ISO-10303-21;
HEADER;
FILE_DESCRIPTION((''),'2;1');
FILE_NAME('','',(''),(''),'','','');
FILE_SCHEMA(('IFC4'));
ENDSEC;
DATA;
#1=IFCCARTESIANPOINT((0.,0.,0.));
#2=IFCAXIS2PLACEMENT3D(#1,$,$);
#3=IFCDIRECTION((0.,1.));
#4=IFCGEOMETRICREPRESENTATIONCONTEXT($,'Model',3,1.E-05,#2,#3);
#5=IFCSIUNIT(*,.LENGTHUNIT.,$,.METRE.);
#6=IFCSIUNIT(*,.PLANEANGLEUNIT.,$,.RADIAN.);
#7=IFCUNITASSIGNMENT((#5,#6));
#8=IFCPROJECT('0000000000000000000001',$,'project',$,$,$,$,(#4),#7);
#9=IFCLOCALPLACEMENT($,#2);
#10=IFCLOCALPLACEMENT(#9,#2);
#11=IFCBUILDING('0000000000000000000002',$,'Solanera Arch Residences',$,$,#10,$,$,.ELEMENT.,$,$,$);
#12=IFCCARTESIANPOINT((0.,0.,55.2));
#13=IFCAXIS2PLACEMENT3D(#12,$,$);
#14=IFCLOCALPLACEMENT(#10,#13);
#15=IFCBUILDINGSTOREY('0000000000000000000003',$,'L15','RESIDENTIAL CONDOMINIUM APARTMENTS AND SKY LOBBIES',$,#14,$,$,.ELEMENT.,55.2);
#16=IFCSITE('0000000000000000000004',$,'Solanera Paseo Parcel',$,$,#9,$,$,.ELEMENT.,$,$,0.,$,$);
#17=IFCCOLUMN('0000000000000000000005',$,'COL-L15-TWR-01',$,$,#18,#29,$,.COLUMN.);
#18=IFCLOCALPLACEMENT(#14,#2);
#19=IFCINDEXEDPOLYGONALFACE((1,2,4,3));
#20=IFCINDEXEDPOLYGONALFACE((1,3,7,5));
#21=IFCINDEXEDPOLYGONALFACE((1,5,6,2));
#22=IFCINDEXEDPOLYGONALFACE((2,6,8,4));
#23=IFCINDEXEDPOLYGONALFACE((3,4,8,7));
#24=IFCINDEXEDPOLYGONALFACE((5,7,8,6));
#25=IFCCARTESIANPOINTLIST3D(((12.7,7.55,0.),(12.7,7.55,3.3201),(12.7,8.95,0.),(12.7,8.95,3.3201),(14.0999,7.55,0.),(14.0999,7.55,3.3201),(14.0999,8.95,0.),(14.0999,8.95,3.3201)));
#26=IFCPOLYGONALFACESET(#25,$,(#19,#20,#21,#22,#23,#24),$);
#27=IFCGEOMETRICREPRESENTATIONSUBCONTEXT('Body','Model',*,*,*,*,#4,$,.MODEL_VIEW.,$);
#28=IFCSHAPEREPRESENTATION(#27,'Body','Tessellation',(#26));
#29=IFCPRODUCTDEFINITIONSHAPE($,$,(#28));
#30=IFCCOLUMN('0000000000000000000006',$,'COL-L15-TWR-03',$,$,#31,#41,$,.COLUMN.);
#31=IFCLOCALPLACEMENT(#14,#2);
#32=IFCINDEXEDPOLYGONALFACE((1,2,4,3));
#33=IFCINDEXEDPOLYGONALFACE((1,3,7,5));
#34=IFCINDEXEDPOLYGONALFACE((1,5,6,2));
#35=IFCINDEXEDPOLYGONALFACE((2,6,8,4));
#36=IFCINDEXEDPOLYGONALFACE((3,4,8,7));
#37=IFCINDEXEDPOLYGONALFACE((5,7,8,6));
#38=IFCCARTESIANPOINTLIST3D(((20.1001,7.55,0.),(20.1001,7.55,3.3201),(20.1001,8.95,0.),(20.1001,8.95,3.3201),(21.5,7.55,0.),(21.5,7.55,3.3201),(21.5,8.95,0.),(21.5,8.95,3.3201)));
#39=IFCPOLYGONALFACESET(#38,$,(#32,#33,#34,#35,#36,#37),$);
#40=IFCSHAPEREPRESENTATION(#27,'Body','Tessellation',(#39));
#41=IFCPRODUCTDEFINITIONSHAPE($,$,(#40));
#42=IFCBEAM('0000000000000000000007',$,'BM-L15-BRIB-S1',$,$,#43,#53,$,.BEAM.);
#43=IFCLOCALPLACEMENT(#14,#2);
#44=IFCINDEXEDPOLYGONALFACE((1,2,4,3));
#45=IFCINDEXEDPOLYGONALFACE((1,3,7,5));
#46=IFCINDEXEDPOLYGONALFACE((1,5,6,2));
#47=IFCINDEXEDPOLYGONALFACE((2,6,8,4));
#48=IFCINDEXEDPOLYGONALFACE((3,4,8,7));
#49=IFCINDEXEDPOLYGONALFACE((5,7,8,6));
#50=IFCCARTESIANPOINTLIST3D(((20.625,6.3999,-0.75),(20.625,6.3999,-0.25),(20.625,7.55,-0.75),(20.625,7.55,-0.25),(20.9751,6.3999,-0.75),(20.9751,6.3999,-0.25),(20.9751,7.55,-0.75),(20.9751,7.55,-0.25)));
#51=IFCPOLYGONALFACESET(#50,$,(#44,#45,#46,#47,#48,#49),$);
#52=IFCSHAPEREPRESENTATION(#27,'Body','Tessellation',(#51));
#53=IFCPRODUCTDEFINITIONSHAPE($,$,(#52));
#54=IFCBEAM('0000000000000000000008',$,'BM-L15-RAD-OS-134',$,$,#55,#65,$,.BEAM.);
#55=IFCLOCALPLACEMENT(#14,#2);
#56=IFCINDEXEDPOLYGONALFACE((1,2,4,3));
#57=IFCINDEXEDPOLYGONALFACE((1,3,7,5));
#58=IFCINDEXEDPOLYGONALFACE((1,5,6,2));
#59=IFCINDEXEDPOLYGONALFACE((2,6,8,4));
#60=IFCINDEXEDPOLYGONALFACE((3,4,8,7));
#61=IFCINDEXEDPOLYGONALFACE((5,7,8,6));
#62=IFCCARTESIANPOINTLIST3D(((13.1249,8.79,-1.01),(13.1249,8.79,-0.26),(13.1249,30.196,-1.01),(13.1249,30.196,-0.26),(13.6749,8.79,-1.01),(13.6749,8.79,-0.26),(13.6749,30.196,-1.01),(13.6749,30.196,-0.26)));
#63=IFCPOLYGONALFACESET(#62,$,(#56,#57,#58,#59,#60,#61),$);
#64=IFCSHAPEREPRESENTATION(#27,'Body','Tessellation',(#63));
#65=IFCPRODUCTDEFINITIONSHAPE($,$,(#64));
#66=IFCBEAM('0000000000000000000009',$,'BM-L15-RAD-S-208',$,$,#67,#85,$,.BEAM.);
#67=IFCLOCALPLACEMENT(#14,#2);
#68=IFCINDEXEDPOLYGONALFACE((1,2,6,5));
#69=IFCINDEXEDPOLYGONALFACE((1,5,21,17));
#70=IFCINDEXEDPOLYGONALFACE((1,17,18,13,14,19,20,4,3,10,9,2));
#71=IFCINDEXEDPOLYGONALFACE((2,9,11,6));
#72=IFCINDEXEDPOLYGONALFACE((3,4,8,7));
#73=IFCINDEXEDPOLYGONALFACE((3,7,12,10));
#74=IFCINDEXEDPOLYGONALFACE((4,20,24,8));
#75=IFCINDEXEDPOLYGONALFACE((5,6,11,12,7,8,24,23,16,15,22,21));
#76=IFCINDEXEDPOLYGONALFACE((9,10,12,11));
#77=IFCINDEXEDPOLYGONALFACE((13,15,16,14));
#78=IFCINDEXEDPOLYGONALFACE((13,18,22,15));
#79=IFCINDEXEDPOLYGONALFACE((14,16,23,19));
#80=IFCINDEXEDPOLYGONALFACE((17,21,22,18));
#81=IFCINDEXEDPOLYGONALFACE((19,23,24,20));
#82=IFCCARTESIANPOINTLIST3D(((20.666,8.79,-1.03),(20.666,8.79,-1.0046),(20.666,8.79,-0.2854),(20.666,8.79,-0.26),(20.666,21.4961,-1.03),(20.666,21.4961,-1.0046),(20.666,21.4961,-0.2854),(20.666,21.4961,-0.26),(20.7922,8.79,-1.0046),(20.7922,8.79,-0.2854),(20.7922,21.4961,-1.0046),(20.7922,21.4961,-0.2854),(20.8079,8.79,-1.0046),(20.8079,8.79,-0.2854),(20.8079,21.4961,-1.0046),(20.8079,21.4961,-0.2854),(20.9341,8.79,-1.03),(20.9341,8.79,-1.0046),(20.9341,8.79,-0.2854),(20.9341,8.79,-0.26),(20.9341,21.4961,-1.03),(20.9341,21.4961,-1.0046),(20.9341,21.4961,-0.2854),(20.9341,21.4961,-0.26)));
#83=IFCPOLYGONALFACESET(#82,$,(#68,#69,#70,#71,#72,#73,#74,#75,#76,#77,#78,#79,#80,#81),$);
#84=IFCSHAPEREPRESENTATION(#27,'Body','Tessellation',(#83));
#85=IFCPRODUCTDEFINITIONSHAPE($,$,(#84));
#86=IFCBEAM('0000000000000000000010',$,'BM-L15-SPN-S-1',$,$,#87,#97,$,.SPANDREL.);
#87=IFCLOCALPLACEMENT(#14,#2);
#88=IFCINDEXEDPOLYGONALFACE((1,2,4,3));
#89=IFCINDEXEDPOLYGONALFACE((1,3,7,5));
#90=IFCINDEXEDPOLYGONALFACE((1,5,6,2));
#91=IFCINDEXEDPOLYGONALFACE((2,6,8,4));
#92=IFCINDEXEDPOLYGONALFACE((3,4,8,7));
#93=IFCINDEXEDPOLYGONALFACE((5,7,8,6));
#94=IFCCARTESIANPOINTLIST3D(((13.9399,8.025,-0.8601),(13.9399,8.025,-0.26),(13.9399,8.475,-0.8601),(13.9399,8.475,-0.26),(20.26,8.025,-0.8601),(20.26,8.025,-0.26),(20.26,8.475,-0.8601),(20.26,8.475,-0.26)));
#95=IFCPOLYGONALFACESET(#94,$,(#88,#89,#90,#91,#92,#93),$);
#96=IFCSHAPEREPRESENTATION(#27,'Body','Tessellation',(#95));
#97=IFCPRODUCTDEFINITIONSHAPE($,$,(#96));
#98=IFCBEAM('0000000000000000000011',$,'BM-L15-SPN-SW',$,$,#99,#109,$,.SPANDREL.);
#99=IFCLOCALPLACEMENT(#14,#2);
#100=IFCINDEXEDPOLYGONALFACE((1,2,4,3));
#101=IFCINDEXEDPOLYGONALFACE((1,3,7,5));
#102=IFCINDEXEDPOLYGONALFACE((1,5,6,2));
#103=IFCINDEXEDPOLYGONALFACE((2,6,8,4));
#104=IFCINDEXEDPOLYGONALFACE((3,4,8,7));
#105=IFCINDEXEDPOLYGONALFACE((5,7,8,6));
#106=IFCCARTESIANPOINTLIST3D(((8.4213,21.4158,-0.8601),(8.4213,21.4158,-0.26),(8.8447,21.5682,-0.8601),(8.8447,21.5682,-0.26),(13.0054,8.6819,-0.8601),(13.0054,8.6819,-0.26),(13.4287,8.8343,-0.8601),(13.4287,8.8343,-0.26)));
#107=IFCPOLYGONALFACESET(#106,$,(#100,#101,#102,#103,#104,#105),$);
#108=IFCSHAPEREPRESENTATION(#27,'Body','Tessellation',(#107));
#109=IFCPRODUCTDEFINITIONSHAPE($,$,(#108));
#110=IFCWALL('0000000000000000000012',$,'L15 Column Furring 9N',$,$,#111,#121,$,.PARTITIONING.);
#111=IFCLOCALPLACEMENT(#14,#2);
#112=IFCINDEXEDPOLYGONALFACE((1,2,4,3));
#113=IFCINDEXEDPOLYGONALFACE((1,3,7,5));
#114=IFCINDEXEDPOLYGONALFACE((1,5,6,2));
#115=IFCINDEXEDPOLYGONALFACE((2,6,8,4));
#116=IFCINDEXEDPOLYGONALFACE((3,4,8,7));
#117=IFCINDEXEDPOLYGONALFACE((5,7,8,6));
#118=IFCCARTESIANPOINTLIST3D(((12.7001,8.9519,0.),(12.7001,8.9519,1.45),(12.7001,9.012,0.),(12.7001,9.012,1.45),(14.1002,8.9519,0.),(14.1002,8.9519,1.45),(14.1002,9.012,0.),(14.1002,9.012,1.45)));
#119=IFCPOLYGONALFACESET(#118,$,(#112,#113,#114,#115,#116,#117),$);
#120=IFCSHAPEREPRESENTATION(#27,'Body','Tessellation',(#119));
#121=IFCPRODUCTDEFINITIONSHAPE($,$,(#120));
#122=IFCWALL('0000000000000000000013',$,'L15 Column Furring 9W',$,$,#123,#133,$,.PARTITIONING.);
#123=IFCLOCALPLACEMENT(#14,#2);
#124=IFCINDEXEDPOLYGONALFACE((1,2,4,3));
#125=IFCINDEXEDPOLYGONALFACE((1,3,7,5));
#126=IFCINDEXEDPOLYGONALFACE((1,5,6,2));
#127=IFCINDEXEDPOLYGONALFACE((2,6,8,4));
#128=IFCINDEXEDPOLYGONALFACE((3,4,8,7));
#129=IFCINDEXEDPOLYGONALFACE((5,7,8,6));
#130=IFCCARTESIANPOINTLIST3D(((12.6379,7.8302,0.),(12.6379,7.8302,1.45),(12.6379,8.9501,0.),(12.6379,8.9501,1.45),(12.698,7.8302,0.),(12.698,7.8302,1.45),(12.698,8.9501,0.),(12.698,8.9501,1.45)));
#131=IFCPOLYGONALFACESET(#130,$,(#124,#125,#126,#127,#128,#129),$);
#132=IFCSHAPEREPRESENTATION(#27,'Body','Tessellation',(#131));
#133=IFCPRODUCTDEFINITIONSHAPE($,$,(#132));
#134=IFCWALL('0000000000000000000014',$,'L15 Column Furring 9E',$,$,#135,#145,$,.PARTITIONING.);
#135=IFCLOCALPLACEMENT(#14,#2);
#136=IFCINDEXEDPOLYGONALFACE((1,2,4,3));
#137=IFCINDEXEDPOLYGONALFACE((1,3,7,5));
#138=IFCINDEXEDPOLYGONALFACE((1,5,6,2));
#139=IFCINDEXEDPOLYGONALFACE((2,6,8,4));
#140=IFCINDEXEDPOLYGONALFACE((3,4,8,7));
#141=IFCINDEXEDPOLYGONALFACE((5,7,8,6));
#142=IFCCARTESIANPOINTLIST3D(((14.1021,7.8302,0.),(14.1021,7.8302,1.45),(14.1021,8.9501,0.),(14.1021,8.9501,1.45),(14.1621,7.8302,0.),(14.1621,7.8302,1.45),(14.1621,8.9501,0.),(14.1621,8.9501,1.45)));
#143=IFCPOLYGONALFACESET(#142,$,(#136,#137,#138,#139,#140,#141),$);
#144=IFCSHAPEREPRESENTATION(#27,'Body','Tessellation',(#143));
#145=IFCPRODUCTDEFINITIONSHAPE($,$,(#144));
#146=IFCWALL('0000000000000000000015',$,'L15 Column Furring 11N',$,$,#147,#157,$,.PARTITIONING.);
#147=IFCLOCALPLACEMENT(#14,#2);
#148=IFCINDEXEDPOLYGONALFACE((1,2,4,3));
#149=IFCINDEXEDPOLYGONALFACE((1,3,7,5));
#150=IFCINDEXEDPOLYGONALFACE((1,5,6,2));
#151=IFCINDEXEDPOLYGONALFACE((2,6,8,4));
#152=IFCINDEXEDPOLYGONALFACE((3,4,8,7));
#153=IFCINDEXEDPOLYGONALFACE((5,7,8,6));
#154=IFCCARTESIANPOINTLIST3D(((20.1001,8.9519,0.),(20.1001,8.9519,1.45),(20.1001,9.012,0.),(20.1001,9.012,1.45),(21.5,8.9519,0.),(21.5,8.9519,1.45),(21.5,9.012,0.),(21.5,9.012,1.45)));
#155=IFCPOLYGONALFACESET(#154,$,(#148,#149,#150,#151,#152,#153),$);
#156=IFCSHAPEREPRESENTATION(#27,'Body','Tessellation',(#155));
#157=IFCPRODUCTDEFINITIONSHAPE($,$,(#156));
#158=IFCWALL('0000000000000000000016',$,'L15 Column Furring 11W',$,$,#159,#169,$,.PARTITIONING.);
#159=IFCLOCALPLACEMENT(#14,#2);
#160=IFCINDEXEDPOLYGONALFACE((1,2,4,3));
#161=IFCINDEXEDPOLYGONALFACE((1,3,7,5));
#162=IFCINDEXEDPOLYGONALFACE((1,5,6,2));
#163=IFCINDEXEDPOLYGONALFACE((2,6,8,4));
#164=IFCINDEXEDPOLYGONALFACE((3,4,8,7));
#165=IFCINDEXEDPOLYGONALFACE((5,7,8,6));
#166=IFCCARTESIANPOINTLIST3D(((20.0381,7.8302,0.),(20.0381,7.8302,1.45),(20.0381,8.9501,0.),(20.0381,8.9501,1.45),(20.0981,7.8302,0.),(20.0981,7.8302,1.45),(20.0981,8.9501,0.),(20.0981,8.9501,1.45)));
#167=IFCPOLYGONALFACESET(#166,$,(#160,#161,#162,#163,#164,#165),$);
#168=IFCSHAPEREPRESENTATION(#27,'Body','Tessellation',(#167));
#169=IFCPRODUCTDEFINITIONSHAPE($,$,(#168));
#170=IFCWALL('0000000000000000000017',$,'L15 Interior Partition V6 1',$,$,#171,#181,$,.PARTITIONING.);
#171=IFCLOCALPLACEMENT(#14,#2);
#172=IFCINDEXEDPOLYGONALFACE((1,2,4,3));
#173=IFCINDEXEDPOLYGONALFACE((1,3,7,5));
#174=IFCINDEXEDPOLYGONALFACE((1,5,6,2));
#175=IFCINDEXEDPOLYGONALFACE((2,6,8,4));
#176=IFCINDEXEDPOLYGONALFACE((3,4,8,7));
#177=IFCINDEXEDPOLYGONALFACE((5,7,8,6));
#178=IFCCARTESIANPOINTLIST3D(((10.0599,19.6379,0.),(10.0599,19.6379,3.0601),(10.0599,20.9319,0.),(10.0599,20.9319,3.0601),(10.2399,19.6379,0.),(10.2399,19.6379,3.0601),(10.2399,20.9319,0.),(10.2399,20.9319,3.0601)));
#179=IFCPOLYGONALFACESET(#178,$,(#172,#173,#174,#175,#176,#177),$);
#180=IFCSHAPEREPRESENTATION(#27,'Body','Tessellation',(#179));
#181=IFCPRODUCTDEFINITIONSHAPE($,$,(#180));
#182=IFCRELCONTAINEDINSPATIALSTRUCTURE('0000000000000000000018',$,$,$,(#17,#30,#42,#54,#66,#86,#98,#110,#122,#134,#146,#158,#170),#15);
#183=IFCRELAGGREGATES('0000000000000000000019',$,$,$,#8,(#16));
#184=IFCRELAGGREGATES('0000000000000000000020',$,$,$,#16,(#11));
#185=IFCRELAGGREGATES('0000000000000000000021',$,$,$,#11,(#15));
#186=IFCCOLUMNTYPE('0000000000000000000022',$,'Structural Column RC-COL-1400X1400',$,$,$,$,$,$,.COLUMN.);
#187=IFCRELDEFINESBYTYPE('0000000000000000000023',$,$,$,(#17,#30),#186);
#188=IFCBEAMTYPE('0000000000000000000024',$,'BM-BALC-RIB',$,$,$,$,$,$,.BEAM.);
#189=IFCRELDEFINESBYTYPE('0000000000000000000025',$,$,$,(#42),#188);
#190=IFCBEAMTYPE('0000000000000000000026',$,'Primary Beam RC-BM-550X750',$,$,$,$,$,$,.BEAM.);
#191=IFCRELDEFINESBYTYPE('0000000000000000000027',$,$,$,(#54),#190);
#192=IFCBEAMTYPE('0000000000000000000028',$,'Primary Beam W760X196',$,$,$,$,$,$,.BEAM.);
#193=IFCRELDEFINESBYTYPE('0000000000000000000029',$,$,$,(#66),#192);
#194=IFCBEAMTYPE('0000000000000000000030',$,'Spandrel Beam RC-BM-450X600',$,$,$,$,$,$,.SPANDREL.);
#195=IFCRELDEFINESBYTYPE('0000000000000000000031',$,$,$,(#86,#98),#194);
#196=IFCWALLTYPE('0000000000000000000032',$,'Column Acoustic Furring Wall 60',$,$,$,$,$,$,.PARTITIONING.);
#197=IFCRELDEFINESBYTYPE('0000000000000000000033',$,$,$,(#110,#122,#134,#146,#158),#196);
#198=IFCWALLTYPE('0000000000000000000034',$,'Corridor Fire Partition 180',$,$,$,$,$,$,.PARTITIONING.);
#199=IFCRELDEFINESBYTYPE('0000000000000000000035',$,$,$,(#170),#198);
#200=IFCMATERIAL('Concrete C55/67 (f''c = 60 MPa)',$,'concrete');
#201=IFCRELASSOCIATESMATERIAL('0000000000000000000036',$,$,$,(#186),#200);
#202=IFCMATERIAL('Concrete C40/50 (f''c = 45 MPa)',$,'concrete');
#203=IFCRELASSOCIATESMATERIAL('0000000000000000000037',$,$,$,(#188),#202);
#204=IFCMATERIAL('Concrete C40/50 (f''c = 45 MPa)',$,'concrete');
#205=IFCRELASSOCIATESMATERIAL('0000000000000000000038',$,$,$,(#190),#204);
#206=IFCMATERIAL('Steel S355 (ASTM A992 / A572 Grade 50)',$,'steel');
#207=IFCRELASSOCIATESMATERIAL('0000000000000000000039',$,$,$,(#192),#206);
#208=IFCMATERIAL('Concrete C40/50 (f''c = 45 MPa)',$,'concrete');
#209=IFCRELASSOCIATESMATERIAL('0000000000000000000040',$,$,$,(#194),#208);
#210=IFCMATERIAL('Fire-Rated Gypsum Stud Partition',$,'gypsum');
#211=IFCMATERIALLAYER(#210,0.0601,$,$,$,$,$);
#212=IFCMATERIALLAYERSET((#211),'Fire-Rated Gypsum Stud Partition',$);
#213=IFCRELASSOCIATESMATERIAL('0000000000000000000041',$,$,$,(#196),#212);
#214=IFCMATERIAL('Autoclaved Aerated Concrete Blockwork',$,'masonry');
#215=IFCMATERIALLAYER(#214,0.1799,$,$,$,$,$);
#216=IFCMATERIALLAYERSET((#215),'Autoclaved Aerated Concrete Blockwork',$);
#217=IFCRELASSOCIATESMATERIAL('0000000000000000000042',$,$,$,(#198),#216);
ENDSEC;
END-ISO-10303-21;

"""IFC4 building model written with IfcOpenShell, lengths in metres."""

from ifc_helpers import new_model, si_unit, direction, frame, frame_2d, origin, origin_2d, place, context, subcontext, project, spatial, rectangle, i_section, extrude, material, layer, layer_set, material_profile, profile_set, type_object, element, save


model = new_model("IFC4")

# Units and contexts
model_context = context("Model", 3, precision=1e-05, world=origin(), true_north=direction((0.0, 1.0)))
body_context = subcontext(model_context, "Body", "Model", "MODEL_VIEW")
ifc_project = project(units=[si_unit("LENGTHUNIT", "METRE"), si_unit("PLANEANGLEUNIT", "RADIAN")], contexts=[model_context])

# Site, building, storey
site_placement = place(None, origin())
site = spatial("IfcSite", under=ifc_project, at=site_placement, Name="Solanera Paseo Parcel", CompositionType="ELEMENT", RefElevation=0.0)
building_placement = place(site_placement, origin())
building = spatial("IfcBuilding", under=site, at=building_placement, Name="Solanera Arch Residences", CompositionType="ELEMENT")
storey_placement = place(building_placement, frame((0.0, 0.0, 55.2)))
storey = spatial("IfcBuildingStorey", under=building, at=storey_placement, Name="L15", Description="RESIDENTIAL CONDOMINIUM APARTMENTS AND SKY LOBBIES", CompositionType="ELEMENT", Elevation=55.2)

# Columns
ifc_material_1 = material(Name="Concrete C55/67 (f'c = 60 MPa)", Category="concrete")
ifc_material_profile_1 = material_profile(ifc_material_1, rectangle(XDim=1.3999, YDim=1.3999, at=origin_2d()))
ifc_profile_set_1 = profile_set([ifc_material_profile_1], Name="Concrete C55/67 (f'c = 60 MPa)")
column_type = type_object("IfcColumnType", Name="Structural Column RC-COL-1400X1400", PredefinedType="COLUMN", material=ifc_profile_set_1)
for number, where, z_axis, x_axis, name in (
    (1, (13.3999, 8.25, 0.0), (0.0, 0.0, 1.0), (1.0, 0.0, 0.0), "COL-L15-TWR-01"),
    (2, (20.8, 8.25, 0.0), (0.0, 0.0, 1.0), (1.0, 0.0, 0.0), "COL-L15-TWR-03"),
):
    element("IfcColumn", number, at=place(storey_placement, frame(where, z_axis=z_axis, x_axis=x_axis)), inside=storey, type_object=column_type, Name=name, PredefinedType="COLUMN", context=body_context, shape_type="SweptSolid", body=[
        extrude(rectangle(XDim=1.3999, YDim=1.3999, at=origin_2d()), origin(), (0.0, 0.0, 1.0), 3.3201),
    ])

# Beams
ifc_material_2 = material(Name="Concrete C40/50 (f'c = 45 MPa)", Category="concrete")
ifc_material_profile_2 = material_profile(ifc_material_2, rectangle(XDim=0.3501, YDim=0.5, at=origin_2d()))
ifc_profile_set_2 = profile_set([ifc_material_profile_2], Name="Concrete C40/50 (f'c = 45 MPa)")
beam_type_1 = type_object("IfcBeamType", Name="BM-BALC-RIB", PredefinedType="BEAM", material=ifc_profile_set_2)
beam_1_placement = place(storey_placement, frame((20.8, 6.3999, -0.5), z_axis=(0.0, 1.0, 0.0), x_axis=(-1.0, 0.0, 0.0)))
element("IfcBeam", 3, at=beam_1_placement, inside=storey, type_object=beam_type_1, Name="BM-L15-BRIB-S1", PredefinedType="BEAM", context=body_context, shape_type="SweptSolid", body=[
    extrude(rectangle(XDim=0.3501, YDim=0.5, at=origin_2d()), origin(), (0.0, 0.0, 1.0), 1.1501),
])
ifc_material_3 = material(Name="Concrete C40/50 (f'c = 45 MPa)", Category="concrete")
ifc_material_profile_3 = material_profile(ifc_material_3, rectangle(XDim=0.55, YDim=0.75, at=origin_2d()))
ifc_profile_set_3 = profile_set([ifc_material_profile_3], Name="Concrete C40/50 (f'c = 45 MPa)")
beam_type_2 = type_object("IfcBeamType", Name="Primary Beam RC-BM-550X750", PredefinedType="BEAM", material=ifc_profile_set_3)
beam_2_placement = place(storey_placement, frame((13.3999, 8.79, -0.635), z_axis=(0.0, 1.0, 0.0), x_axis=(-1.0, 0.0, 0.0)))
element("IfcBeam", 4, at=beam_2_placement, inside=storey, type_object=beam_type_2, Name="BM-L15-RAD-OS-134", PredefinedType="BEAM", context=body_context, shape_type="SweptSolid", body=[
    extrude(rectangle(XDim=0.55, YDim=0.75, at=origin_2d()), origin(), (0.0, 0.0, 1.0), 21.406),
])
ifc_material_4 = material(Name="Steel S355 (ASTM A992 / A572 Grade 50)", Category="steel")
ifc_material_profile_4 = material_profile(ifc_material_4, i_section(OverallWidth=0.2681, OverallDepth=0.77, WebThickness=0.0156, FlangeThickness=0.0254, at=origin_2d()))
ifc_profile_set_4 = profile_set([ifc_material_profile_4], Name="Steel S355 (ASTM A992 / A572 Grade 50)")
beam_type_3 = type_object("IfcBeamType", Name="Primary Beam W760X196", PredefinedType="BEAM", material=ifc_profile_set_4)
beam_3_placement = place(storey_placement, frame((20.8, 8.79, -0.645), z_axis=(0.0, 1.0, 0.0), x_axis=(-1.0, 0.0, 0.0)))
element("IfcBeam", 5, at=beam_3_placement, inside=storey, type_object=beam_type_3, Name="BM-L15-RAD-S-208", PredefinedType="BEAM", context=body_context, shape_type="SweptSolid", body=[
    extrude(i_section(OverallWidth=0.2681, OverallDepth=0.77, WebThickness=0.0156, FlangeThickness=0.0254, at=origin_2d()), origin(), (0.0, 0.0, 1.0), 12.7061),
])
ifc_material_5 = material(Name="Concrete C40/50 (f'c = 45 MPa)", Category="concrete")
ifc_material_profile_5 = material_profile(ifc_material_5, rectangle(XDim=0.45, YDim=0.6001, at=origin_2d()))
ifc_profile_set_5 = profile_set([ifc_material_profile_5], Name="Concrete C40/50 (f'c = 45 MPa)")
beam_type_4 = type_object("IfcBeamType", Name="Spandrel Beam RC-BM-450X600", PredefinedType="SPANDREL", material=ifc_profile_set_5)
beam_4_placement = place(storey_placement, frame((13.9399, 8.25, -0.5601), z_axis=(1.0, 0.0, 0.0), x_axis=(0.0, 1.0, 0.0)))
element("IfcBeam", 6, at=beam_4_placement, inside=storey, type_object=beam_type_4, Name="BM-L15-SPN-S-1", PredefinedType="SPANDREL", context=body_context, shape_type="SweptSolid", body=[
    extrude(rectangle(XDim=0.45, YDim=0.6001, at=origin_2d()), origin(), (0.0, 0.0, 1.0), 6.3201),
])
beam_5_placement = place(storey_placement, frame((13.217, 8.7581, -0.5601), z_axis=(-0.338705, 0.940892, 0.0), x_axis=(-0.940892, -0.338705, 0.0)))
element("IfcBeam", 7, at=beam_5_placement, inside=storey, type_object=beam_type_4, Name="BM-L15-SPN-SW", PredefinedType="SPANDREL", context=body_context, shape_type="SweptSolid", body=[
    extrude(rectangle(XDim=0.45, YDim=0.6001, at=origin_2d()), origin(), (0.0, 0.0, 1.0), 13.5339),
])

# Walls
ifc_material_6 = material(Name="Fire-Rated Gypsum Stud Partition", Category="gypsum")
ifc_layer_1 = layer(ifc_material_6, 0.0601)
ifc_layer_set_1 = layer_set([ifc_layer_1], Name="Fire-Rated Gypsum Stud Partition")
wall_type_1 = type_object("IfcWallType", Name="Column Acoustic Furring Wall 60", PredefinedType="PARTITIONING", material=ifc_layer_set_1)
wall_1_placement = place(storey_placement, frame((12.7, 8.9819, 0.0), z_axis=(0.0, 0.0, 1.0), x_axis=(1.0, 0.0, 0.0)))
element("IfcWall", 8, at=wall_1_placement, inside=storey, type_object=wall_type_1, Name="L15 Column Furring 9N", PredefinedType="PARTITIONING", context=body_context, shape_type="SweptSolid", body=[
    extrude(rectangle(XDim=1.4001, YDim=0.0601, at=frame_2d((0.7002, 0.0))), origin(), (0.0, 0.0, 1.0), 1.45),
])
for number, where, z_axis, x_axis, name in (
    (9, (12.668, 7.8301, 0.0), (0.0, 0.0, 1.0), (0.0, 1.0, 0.0), "L15 Column Furring 9W"),
    (10, (14.1321, 7.8301, 0.0), (0.0, 0.0, 1.0), (0.0, 1.0, 0.0), "L15 Column Furring 9E"),
):
    element("IfcWall", number, at=place(storey_placement, frame(where, z_axis=z_axis, x_axis=x_axis)), inside=storey, type_object=wall_type_1, Name=name, PredefinedType="PARTITIONING", context=body_context, shape_type="SweptSolid", body=[
        extrude(rectangle(XDim=1.1199, YDim=0.0601, at=frame_2d((0.5601, 0.0))), origin(), (0.0, 0.0, 1.0), 1.45),
    ])
wall_2_placement = place(storey_placement, frame((20.1001, 8.9819, 0.0), z_axis=(0.0, 0.0, 1.0), x_axis=(1.0, 0.0, 0.0)))
element("IfcWall", 11, at=wall_2_placement, inside=storey, type_object=wall_type_1, Name="L15 Column Furring 11N", PredefinedType="PARTITIONING", context=body_context, shape_type="SweptSolid", body=[
    extrude(rectangle(XDim=1.3999, YDim=0.0601, at=frame_2d((0.7, 0.0))), origin(), (0.0, 0.0, 1.0), 1.45),
])
wall_3_placement = place(storey_placement, frame((20.0681, 7.8301, 0.0), z_axis=(0.0, 0.0, 1.0), x_axis=(0.0, 1.0, 0.0)))
element("IfcWall", 12, at=wall_3_placement, inside=storey, type_object=wall_type_1, Name="L15 Column Furring 11W", PredefinedType="PARTITIONING", context=body_context, shape_type="SweptSolid", body=[
    extrude(rectangle(XDim=1.1199, YDim=0.0601, at=frame_2d((0.5601, 0.0))), origin(), (0.0, 0.0, 1.0), 1.45),
])
ifc_material_7 = material(Name="Autoclaved Aerated Concrete Blockwork", Category="masonry")
ifc_layer_2 = layer(ifc_material_7, 0.1799)
ifc_layer_set_2 = layer_set([ifc_layer_2], Name="Autoclaved Aerated Concrete Blockwork")
wall_type_2 = type_object("IfcWallType", Name="Corridor Fire Partition 180", PredefinedType="PARTITIONING", material=ifc_layer_set_2)
wall_4_placement = place(storey_placement, frame((10.1499, 19.6379, 0.0), z_axis=(0.0, 0.0, 1.0), x_axis=(0.0, 1.0, 0.0)))
element("IfcWall", 13, at=wall_4_placement, inside=storey, type_object=wall_type_2, Name="L15 Interior Partition V6 1", PredefinedType="PARTITIONING", context=body_context, shape_type="SweptSolid", body=[
    extrude(rectangle(XDim=1.2939, YDim=0.1799, at=frame_2d((0.647, 0.0))), origin(), (0.0, 0.0, 1.0), 3.0601),
])

save(model, "model.ifc")
